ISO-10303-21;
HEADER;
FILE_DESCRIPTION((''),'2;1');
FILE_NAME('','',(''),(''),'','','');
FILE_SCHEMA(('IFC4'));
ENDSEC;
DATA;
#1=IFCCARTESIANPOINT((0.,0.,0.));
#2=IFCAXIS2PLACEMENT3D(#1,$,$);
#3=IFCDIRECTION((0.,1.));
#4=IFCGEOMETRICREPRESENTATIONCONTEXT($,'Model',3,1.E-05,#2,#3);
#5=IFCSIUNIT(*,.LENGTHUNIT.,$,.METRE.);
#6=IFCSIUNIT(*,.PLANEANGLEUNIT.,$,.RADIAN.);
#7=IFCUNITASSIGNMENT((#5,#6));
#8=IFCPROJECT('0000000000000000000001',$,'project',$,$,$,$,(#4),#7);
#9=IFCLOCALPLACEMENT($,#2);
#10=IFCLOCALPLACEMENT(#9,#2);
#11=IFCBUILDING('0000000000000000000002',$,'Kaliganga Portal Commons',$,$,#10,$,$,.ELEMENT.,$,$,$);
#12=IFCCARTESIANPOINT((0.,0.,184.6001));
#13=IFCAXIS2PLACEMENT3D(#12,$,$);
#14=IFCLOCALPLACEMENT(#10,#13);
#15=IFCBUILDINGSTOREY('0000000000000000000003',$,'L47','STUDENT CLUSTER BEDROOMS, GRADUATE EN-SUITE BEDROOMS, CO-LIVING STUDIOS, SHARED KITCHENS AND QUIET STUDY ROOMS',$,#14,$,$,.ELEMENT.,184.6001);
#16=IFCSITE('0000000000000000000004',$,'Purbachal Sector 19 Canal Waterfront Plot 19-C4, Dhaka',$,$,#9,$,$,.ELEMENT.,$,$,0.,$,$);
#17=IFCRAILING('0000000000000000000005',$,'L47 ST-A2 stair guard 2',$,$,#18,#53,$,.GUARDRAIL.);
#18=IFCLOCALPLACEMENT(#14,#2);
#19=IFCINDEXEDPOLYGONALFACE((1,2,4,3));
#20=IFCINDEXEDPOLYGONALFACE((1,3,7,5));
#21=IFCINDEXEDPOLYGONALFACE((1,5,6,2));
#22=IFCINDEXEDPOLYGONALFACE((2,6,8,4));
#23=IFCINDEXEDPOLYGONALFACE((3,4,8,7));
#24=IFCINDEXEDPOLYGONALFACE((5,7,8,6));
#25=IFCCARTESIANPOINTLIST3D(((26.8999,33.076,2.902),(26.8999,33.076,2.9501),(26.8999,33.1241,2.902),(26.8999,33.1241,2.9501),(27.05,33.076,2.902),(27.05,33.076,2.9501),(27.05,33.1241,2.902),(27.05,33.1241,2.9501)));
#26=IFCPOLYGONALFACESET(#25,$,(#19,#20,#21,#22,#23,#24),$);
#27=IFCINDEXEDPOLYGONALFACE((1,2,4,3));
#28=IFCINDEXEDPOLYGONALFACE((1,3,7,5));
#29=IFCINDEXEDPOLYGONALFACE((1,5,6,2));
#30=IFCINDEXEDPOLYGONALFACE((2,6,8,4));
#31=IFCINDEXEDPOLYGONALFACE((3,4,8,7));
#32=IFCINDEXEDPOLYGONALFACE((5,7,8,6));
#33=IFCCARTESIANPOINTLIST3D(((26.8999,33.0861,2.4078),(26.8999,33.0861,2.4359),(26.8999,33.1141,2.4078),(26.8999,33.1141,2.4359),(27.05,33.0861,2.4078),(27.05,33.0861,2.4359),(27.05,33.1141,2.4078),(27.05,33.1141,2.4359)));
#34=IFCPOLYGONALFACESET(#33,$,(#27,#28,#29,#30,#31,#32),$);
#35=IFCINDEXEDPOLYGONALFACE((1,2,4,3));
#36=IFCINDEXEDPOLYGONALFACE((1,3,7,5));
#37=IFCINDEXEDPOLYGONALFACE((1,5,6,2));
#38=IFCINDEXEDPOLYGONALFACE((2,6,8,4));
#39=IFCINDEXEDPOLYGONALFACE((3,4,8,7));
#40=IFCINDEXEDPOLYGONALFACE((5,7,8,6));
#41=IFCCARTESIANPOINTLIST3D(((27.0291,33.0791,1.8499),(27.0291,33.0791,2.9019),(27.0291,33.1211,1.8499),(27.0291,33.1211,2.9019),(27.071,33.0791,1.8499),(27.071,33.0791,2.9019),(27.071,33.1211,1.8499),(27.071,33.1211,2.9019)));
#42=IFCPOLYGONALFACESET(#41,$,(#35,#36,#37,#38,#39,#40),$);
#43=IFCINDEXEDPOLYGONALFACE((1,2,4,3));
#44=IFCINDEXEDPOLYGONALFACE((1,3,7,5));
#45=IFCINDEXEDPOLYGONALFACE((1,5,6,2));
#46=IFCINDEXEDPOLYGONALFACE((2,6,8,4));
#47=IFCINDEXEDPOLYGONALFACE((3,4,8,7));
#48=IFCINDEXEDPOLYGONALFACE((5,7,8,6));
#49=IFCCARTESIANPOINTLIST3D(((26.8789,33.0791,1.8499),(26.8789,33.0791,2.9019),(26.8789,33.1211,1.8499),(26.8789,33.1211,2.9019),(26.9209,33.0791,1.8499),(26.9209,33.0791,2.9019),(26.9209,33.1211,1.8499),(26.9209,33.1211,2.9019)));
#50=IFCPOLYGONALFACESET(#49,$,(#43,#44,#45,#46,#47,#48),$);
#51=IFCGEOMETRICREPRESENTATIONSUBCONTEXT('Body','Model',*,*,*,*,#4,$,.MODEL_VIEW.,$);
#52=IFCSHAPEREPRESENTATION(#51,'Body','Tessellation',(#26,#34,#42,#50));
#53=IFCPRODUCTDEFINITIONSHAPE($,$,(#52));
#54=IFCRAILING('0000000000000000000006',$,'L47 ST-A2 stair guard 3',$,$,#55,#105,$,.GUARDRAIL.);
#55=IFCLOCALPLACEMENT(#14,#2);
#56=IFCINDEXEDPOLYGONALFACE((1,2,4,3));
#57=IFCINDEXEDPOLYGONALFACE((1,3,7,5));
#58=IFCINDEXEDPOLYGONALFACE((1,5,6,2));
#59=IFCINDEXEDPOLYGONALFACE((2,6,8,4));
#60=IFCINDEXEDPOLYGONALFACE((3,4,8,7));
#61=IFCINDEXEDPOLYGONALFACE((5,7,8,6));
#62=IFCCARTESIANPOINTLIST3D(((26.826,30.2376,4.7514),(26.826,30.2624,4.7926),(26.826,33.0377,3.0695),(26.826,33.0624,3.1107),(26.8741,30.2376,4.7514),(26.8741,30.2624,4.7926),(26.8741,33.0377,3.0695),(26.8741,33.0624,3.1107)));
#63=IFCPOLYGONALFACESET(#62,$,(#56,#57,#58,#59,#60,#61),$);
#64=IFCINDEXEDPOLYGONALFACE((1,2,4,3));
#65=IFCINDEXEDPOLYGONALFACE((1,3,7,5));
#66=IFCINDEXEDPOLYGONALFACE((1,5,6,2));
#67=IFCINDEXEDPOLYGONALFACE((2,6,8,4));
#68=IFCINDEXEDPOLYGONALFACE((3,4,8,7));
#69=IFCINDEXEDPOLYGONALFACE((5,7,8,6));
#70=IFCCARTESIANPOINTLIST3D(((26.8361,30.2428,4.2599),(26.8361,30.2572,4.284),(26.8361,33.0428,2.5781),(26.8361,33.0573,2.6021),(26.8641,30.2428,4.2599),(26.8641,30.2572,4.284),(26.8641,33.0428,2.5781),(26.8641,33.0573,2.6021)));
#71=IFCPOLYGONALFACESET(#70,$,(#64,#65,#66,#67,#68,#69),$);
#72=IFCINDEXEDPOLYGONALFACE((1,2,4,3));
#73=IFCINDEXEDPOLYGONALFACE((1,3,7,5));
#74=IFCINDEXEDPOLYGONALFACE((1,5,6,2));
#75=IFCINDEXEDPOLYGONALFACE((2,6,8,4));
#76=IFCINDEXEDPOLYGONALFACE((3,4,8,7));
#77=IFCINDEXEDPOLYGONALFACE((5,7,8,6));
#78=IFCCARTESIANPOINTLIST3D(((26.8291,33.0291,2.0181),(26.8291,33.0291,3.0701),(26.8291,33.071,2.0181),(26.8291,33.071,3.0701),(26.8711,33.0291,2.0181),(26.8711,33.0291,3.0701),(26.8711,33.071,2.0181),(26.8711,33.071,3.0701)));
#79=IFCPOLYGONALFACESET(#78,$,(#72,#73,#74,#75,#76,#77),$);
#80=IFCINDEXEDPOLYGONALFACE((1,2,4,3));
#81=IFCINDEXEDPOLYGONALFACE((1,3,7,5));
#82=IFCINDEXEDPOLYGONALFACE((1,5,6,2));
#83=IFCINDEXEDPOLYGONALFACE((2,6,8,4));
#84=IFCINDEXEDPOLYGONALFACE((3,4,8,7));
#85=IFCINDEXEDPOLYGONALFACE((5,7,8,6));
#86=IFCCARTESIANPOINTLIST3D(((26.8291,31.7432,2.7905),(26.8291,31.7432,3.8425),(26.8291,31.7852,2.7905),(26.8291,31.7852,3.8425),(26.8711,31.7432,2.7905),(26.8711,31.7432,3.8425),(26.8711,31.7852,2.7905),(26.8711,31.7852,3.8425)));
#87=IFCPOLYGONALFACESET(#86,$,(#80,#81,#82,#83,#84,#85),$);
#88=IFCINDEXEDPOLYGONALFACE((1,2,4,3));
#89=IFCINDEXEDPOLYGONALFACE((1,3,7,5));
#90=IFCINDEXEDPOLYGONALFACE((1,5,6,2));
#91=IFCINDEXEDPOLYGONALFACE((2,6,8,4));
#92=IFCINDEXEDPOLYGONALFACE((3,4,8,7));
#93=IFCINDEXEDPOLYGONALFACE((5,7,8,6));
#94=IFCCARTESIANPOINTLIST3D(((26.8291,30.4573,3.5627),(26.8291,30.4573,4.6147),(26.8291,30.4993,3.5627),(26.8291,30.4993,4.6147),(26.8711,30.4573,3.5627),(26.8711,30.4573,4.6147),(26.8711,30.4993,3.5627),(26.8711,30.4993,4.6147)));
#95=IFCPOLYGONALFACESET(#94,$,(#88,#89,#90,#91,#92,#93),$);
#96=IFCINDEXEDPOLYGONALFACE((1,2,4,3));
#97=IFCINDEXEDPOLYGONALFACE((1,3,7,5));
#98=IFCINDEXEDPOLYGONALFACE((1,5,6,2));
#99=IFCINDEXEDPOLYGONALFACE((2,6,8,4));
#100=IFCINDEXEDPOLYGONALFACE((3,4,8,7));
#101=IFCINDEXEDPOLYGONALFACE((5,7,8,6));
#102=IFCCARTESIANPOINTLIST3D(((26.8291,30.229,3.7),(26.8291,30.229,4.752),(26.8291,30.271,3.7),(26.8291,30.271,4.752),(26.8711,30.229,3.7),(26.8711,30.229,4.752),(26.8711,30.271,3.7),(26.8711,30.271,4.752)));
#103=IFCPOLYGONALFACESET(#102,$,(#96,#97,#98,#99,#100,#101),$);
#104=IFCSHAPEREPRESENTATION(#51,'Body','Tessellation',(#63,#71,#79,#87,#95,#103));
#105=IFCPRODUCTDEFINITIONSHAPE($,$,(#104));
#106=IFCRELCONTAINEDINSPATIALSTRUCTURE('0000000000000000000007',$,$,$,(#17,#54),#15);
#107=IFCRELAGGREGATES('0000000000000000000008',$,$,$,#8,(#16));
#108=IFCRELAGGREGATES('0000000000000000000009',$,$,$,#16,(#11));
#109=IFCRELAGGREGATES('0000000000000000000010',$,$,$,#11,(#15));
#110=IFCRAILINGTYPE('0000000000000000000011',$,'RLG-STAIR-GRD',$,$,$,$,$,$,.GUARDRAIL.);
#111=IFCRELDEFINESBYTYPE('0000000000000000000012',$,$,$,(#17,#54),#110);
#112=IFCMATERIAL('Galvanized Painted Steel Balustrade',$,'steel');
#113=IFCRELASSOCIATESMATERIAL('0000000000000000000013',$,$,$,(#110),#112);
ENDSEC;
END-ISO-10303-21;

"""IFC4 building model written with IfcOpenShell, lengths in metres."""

from ifc_helpers import new_model, si_unit, direction, frame, origin, origin_2d, place, context, subcontext, project, spatial, rectangle, extrude, material, type_object, element, save


model = new_model("IFC4")

# Units and contexts
model_context = context("Model", 3, precision=1e-05, world=origin(), true_north=direction((0.0, 1.0)))
body_context = subcontext(model_context, "Body", "Model", "MODEL_VIEW")
ifc_project = project(units=[si_unit("LENGTHUNIT", "METRE"), si_unit("PLANEANGLEUNIT", "RADIAN")], contexts=[model_context])

# Site, building, storey
site_placement = place(None, origin())
site = spatial("IfcSite", under=ifc_project, at=site_placement, Name="Purbachal Sector 19 Canal Waterfront Plot 19-C4, Dhaka", CompositionType="ELEMENT", RefElevation=0.0)
building_placement = place(site_placement, origin())
building = spatial("IfcBuilding", under=site, at=building_placement, Name="Kaliganga Portal Commons", CompositionType="ELEMENT")
storey_placement = place(building_placement, frame((0.0, 0.0, 184.6001)))
storey = spatial("IfcBuildingStorey", under=building, at=storey_placement, Name="L47", Description="STUDENT CLUSTER BEDROOMS, GRADUATE EN-SUITE BEDROOMS, CO-LIVING STUDIOS, SHARED KITCHENS AND QUIET STUDY ROOMS", CompositionType="ELEMENT", Elevation=184.6001)

# Railings
ifc_material_1 = material(Name="Galvanized Painted Steel Balustrade", Category="steel")
railing_type = type_object("IfcRailingType", Name="RLG-STAIR-GRD", PredefinedType="GUARDRAIL", material=ifc_material_1)
railing_1_placement = place(storey_placement, frame((27.05, 33.1001, 1.8499)))
element("IfcRailing", 1, at=railing_1_placement, inside=storey, type_object=railing_type, Name="L47 ST-A2 stair guard 2", PredefinedType="GUARDRAIL", context=body_context, shape_type="SweptSolid", body=[
    extrude(rectangle(XDim=0.0481, YDim=0.0481, at=origin_2d()), frame((0.0, 0.0, 1.0762), z_axis=(-1.0, 0.0, 0.0), x_axis=(0.0, -1.0, 0.0)), (0.0, 0.0, 1.0), 0.1501),
    extrude(rectangle(XDim=0.0281, YDim=0.0281, at=origin_2d()), frame((0.0, 0.0, 0.572), z_axis=(-1.0, 0.0, 0.0), x_axis=(0.0, -1.0, 0.0)), (0.0, 0.0, 1.0), 0.1501),
    extrude(rectangle(XDim=0.042, YDim=0.042, at=origin_2d()), origin(), (0.0, 0.0, 1.0), 1.052),
    extrude(rectangle(XDim=0.042, YDim=0.042, at=origin_2d()), frame((-0.1501, 0.0, 0.0)), (0.0, 0.0, 1.0), 1.052),
])
railing_2_placement = place(storey_placement, frame((26.8501, 33.05, 2.0181)))
element("IfcRailing", 2, at=railing_2_placement, inside=storey, type_object=railing_type, Name="L47 ST-A2 stair guard 3", PredefinedType="GUARDRAIL", context=body_context, shape_type="SweptSolid", body=[
    extrude(rectangle(XDim=0.0481, YDim=0.0481, at=origin_2d()), frame((0.0, 0.0, 1.072), z_axis=(0.0, -0.857242, 0.514913), x_axis=(1.0, 0.0, 0.0)), (0.0, 0.0, 1.0), 3.2664),
    extrude(rectangle(XDim=0.0281, YDim=0.0281, at=origin_2d()), frame((0.0, 0.0, 0.572), z_axis=(0.0, -0.857242, 0.514913), x_axis=(1.0, 0.0, 0.0)), (0.0, 0.0, 1.0), 3.2664),
    extrude(rectangle(XDim=0.042, YDim=0.042, at=origin_2d()), origin(), (0.0, 0.0, 1.0), 1.052),
    extrude(rectangle(XDim=0.042, YDim=0.042, at=origin_2d()), frame((0.0, -1.2859, 0.7725)), (0.0, 0.0, 1.0), 1.052),
    extrude(rectangle(XDim=0.042, YDim=0.042, at=origin_2d()), frame((0.0, -2.5718, 1.5447)), (0.0, 0.0, 1.0), 1.052),
    extrude(rectangle(XDim=0.042, YDim=0.042, at=origin_2d()), frame((0.0, -2.8, 1.6819)), (0.0, 0.0, 1.0), 1.052),
])

save(model, "model.ifc")
